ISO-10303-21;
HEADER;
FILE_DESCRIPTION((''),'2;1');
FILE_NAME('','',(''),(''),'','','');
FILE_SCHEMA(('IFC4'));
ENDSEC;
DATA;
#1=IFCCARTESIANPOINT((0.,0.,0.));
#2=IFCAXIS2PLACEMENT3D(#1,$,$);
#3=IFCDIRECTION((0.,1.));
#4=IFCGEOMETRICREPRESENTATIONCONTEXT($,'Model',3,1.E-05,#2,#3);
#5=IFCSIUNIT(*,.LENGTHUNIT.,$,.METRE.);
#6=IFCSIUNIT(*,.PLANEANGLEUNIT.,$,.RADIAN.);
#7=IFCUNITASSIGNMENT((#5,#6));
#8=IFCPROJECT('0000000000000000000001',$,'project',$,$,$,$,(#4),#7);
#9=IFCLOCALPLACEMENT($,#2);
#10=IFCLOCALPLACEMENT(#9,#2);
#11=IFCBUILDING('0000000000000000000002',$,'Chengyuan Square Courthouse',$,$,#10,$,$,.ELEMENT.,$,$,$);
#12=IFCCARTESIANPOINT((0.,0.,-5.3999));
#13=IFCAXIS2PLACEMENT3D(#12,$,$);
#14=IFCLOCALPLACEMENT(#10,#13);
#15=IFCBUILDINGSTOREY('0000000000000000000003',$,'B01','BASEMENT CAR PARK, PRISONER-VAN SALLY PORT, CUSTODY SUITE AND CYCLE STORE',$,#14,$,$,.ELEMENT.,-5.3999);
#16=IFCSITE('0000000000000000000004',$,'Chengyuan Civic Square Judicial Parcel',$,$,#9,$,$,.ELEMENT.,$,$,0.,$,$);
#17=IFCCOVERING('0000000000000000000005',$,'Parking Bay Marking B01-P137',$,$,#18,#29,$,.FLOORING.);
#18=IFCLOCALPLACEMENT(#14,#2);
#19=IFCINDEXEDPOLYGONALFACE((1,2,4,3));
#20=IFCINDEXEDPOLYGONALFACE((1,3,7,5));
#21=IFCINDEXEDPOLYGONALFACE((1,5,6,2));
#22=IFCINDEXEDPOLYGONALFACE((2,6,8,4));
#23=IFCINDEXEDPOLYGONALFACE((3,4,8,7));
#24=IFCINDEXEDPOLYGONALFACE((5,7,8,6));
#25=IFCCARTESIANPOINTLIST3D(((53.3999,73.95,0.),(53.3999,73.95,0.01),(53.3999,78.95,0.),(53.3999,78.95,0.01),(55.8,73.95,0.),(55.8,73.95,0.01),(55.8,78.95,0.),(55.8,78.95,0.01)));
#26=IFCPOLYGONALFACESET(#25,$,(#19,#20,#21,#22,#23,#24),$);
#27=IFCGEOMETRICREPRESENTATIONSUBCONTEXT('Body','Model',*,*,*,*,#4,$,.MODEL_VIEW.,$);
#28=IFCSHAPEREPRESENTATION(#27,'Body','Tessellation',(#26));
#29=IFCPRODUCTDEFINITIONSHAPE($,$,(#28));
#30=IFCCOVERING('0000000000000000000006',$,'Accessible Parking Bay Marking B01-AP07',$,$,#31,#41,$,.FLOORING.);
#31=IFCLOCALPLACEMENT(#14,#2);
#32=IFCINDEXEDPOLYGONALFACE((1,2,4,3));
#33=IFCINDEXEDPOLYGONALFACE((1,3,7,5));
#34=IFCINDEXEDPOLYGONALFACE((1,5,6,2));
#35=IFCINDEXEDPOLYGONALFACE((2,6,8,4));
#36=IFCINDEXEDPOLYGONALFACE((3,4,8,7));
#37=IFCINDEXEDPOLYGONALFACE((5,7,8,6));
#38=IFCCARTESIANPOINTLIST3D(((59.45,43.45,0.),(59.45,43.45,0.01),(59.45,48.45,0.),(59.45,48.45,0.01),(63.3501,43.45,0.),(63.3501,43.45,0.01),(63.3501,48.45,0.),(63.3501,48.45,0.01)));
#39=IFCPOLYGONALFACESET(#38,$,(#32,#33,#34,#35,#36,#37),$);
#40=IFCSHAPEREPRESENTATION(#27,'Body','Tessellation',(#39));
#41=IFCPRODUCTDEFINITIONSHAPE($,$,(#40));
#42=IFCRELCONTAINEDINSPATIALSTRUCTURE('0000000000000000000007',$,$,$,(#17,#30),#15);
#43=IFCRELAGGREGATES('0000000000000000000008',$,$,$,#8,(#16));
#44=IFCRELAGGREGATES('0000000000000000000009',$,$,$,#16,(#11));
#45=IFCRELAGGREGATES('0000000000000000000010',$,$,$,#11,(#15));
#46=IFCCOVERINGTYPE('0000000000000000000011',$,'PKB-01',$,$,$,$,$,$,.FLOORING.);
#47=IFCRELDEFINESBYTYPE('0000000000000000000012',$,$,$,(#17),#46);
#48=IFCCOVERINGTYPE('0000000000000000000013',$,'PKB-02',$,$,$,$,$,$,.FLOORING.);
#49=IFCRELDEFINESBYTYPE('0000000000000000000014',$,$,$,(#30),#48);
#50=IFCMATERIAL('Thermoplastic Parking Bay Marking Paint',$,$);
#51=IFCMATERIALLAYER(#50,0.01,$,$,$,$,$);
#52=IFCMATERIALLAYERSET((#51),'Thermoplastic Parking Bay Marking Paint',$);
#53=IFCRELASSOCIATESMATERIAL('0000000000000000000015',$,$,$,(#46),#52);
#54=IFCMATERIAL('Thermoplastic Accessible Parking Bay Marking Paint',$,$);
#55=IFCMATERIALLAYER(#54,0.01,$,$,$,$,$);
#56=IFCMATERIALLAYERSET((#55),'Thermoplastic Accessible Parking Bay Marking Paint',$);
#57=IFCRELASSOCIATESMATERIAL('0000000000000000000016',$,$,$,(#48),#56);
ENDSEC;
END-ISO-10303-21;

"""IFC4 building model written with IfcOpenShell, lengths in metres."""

from ifc_helpers import new_model, si_unit, direction, frame, origin, place, context, subcontext, project, spatial, polyline, outline, extrude, material, layer, layer_set, type_object, element, save


model = new_model("IFC4")

# Units and contexts
model_context = context("Model", 3, precision=1e-05, world=origin(), true_north=direction((0.0, 1.0)))
body_context = subcontext(model_context, "Body", "Model", "MODEL_VIEW")
ifc_project = project(units=[si_unit("LENGTHUNIT", "METRE"), si_unit("PLANEANGLEUNIT", "RADIAN")], contexts=[model_context])

# Site, building, storey
site_placement = place(None, origin())
site = spatial("IfcSite", under=ifc_project, at=site_placement, Name="Chengyuan Civic Square Judicial Parcel", CompositionType="ELEMENT", RefElevation=0.0)
building_placement = place(site_placement, origin())
building = spatial("IfcBuilding", under=site, at=building_placement, Name="Chengyuan Square Courthouse", CompositionType="ELEMENT")
storey_placement = place(building_placement, frame((0.0, 0.0, -5.3999)))
storey = spatial("IfcBuildingStorey", under=building, at=storey_placement, Name="B01", Description="BASEMENT CAR PARK, PRISONER-VAN SALLY PORT, CUSTODY SUITE AND CYCLE STORE", CompositionType="ELEMENT", Elevation=-5.3999)

# Coverings
ifc_material_1 = material(Name="Thermoplastic Parking Bay Marking Paint")
ifc_layer_1 = layer(ifc_material_1, 0.01)
ifc_layer_set_1 = layer_set([ifc_layer_1], Name="Thermoplastic Parking Bay Marking Paint")
covering_type_1 = type_object("IfcCoveringType", Name="PKB-01", PredefinedType="FLOORING", material=ifc_layer_set_1)
covering_1_placement = place(storey_placement, origin())
element("IfcCovering", 1, at=covering_1_placement, inside=storey, type_object=covering_type_1, Name="Parking Bay Marking B01-P137", PredefinedType="FLOORING", context=body_context, shape_type="SweptSolid", body=[
    extrude(outline(polyline([(53.3999, 73.95), (55.8, 73.95), (55.8, 78.95), (53.3999, 78.95), (53.3999, 73.95)])), origin(), (0.0, 0.0, 1.0), 0.01),
])
ifc_material_2 = material(Name="Thermoplastic Accessible Parking Bay Marking Paint")
ifc_layer_2 = layer(ifc_material_2, 0.01)
ifc_layer_set_2 = layer_set([ifc_layer_2], Name="Thermoplastic Accessible Parking Bay Marking Paint")
covering_type_2 = type_object("IfcCoveringType", Name="PKB-02", PredefinedType="FLOORING", material=ifc_layer_set_2)
covering_2_placement = place(storey_placement, origin())
element("IfcCovering", 2, at=covering_2_placement, inside=storey, type_object=covering_type_2, Name="Accessible Parking Bay Marking B01-AP07", PredefinedType="FLOORING", context=body_context, shape_type="SweptSolid", body=[
    extrude(outline(polyline([(59.45, 43.45), (63.3501, 43.45), (63.3501, 48.45), (59.45, 48.45), (59.45, 43.45)])), origin(), (0.0, 0.0, 1.0), 0.01),
])

save(model, "model.ifc")
